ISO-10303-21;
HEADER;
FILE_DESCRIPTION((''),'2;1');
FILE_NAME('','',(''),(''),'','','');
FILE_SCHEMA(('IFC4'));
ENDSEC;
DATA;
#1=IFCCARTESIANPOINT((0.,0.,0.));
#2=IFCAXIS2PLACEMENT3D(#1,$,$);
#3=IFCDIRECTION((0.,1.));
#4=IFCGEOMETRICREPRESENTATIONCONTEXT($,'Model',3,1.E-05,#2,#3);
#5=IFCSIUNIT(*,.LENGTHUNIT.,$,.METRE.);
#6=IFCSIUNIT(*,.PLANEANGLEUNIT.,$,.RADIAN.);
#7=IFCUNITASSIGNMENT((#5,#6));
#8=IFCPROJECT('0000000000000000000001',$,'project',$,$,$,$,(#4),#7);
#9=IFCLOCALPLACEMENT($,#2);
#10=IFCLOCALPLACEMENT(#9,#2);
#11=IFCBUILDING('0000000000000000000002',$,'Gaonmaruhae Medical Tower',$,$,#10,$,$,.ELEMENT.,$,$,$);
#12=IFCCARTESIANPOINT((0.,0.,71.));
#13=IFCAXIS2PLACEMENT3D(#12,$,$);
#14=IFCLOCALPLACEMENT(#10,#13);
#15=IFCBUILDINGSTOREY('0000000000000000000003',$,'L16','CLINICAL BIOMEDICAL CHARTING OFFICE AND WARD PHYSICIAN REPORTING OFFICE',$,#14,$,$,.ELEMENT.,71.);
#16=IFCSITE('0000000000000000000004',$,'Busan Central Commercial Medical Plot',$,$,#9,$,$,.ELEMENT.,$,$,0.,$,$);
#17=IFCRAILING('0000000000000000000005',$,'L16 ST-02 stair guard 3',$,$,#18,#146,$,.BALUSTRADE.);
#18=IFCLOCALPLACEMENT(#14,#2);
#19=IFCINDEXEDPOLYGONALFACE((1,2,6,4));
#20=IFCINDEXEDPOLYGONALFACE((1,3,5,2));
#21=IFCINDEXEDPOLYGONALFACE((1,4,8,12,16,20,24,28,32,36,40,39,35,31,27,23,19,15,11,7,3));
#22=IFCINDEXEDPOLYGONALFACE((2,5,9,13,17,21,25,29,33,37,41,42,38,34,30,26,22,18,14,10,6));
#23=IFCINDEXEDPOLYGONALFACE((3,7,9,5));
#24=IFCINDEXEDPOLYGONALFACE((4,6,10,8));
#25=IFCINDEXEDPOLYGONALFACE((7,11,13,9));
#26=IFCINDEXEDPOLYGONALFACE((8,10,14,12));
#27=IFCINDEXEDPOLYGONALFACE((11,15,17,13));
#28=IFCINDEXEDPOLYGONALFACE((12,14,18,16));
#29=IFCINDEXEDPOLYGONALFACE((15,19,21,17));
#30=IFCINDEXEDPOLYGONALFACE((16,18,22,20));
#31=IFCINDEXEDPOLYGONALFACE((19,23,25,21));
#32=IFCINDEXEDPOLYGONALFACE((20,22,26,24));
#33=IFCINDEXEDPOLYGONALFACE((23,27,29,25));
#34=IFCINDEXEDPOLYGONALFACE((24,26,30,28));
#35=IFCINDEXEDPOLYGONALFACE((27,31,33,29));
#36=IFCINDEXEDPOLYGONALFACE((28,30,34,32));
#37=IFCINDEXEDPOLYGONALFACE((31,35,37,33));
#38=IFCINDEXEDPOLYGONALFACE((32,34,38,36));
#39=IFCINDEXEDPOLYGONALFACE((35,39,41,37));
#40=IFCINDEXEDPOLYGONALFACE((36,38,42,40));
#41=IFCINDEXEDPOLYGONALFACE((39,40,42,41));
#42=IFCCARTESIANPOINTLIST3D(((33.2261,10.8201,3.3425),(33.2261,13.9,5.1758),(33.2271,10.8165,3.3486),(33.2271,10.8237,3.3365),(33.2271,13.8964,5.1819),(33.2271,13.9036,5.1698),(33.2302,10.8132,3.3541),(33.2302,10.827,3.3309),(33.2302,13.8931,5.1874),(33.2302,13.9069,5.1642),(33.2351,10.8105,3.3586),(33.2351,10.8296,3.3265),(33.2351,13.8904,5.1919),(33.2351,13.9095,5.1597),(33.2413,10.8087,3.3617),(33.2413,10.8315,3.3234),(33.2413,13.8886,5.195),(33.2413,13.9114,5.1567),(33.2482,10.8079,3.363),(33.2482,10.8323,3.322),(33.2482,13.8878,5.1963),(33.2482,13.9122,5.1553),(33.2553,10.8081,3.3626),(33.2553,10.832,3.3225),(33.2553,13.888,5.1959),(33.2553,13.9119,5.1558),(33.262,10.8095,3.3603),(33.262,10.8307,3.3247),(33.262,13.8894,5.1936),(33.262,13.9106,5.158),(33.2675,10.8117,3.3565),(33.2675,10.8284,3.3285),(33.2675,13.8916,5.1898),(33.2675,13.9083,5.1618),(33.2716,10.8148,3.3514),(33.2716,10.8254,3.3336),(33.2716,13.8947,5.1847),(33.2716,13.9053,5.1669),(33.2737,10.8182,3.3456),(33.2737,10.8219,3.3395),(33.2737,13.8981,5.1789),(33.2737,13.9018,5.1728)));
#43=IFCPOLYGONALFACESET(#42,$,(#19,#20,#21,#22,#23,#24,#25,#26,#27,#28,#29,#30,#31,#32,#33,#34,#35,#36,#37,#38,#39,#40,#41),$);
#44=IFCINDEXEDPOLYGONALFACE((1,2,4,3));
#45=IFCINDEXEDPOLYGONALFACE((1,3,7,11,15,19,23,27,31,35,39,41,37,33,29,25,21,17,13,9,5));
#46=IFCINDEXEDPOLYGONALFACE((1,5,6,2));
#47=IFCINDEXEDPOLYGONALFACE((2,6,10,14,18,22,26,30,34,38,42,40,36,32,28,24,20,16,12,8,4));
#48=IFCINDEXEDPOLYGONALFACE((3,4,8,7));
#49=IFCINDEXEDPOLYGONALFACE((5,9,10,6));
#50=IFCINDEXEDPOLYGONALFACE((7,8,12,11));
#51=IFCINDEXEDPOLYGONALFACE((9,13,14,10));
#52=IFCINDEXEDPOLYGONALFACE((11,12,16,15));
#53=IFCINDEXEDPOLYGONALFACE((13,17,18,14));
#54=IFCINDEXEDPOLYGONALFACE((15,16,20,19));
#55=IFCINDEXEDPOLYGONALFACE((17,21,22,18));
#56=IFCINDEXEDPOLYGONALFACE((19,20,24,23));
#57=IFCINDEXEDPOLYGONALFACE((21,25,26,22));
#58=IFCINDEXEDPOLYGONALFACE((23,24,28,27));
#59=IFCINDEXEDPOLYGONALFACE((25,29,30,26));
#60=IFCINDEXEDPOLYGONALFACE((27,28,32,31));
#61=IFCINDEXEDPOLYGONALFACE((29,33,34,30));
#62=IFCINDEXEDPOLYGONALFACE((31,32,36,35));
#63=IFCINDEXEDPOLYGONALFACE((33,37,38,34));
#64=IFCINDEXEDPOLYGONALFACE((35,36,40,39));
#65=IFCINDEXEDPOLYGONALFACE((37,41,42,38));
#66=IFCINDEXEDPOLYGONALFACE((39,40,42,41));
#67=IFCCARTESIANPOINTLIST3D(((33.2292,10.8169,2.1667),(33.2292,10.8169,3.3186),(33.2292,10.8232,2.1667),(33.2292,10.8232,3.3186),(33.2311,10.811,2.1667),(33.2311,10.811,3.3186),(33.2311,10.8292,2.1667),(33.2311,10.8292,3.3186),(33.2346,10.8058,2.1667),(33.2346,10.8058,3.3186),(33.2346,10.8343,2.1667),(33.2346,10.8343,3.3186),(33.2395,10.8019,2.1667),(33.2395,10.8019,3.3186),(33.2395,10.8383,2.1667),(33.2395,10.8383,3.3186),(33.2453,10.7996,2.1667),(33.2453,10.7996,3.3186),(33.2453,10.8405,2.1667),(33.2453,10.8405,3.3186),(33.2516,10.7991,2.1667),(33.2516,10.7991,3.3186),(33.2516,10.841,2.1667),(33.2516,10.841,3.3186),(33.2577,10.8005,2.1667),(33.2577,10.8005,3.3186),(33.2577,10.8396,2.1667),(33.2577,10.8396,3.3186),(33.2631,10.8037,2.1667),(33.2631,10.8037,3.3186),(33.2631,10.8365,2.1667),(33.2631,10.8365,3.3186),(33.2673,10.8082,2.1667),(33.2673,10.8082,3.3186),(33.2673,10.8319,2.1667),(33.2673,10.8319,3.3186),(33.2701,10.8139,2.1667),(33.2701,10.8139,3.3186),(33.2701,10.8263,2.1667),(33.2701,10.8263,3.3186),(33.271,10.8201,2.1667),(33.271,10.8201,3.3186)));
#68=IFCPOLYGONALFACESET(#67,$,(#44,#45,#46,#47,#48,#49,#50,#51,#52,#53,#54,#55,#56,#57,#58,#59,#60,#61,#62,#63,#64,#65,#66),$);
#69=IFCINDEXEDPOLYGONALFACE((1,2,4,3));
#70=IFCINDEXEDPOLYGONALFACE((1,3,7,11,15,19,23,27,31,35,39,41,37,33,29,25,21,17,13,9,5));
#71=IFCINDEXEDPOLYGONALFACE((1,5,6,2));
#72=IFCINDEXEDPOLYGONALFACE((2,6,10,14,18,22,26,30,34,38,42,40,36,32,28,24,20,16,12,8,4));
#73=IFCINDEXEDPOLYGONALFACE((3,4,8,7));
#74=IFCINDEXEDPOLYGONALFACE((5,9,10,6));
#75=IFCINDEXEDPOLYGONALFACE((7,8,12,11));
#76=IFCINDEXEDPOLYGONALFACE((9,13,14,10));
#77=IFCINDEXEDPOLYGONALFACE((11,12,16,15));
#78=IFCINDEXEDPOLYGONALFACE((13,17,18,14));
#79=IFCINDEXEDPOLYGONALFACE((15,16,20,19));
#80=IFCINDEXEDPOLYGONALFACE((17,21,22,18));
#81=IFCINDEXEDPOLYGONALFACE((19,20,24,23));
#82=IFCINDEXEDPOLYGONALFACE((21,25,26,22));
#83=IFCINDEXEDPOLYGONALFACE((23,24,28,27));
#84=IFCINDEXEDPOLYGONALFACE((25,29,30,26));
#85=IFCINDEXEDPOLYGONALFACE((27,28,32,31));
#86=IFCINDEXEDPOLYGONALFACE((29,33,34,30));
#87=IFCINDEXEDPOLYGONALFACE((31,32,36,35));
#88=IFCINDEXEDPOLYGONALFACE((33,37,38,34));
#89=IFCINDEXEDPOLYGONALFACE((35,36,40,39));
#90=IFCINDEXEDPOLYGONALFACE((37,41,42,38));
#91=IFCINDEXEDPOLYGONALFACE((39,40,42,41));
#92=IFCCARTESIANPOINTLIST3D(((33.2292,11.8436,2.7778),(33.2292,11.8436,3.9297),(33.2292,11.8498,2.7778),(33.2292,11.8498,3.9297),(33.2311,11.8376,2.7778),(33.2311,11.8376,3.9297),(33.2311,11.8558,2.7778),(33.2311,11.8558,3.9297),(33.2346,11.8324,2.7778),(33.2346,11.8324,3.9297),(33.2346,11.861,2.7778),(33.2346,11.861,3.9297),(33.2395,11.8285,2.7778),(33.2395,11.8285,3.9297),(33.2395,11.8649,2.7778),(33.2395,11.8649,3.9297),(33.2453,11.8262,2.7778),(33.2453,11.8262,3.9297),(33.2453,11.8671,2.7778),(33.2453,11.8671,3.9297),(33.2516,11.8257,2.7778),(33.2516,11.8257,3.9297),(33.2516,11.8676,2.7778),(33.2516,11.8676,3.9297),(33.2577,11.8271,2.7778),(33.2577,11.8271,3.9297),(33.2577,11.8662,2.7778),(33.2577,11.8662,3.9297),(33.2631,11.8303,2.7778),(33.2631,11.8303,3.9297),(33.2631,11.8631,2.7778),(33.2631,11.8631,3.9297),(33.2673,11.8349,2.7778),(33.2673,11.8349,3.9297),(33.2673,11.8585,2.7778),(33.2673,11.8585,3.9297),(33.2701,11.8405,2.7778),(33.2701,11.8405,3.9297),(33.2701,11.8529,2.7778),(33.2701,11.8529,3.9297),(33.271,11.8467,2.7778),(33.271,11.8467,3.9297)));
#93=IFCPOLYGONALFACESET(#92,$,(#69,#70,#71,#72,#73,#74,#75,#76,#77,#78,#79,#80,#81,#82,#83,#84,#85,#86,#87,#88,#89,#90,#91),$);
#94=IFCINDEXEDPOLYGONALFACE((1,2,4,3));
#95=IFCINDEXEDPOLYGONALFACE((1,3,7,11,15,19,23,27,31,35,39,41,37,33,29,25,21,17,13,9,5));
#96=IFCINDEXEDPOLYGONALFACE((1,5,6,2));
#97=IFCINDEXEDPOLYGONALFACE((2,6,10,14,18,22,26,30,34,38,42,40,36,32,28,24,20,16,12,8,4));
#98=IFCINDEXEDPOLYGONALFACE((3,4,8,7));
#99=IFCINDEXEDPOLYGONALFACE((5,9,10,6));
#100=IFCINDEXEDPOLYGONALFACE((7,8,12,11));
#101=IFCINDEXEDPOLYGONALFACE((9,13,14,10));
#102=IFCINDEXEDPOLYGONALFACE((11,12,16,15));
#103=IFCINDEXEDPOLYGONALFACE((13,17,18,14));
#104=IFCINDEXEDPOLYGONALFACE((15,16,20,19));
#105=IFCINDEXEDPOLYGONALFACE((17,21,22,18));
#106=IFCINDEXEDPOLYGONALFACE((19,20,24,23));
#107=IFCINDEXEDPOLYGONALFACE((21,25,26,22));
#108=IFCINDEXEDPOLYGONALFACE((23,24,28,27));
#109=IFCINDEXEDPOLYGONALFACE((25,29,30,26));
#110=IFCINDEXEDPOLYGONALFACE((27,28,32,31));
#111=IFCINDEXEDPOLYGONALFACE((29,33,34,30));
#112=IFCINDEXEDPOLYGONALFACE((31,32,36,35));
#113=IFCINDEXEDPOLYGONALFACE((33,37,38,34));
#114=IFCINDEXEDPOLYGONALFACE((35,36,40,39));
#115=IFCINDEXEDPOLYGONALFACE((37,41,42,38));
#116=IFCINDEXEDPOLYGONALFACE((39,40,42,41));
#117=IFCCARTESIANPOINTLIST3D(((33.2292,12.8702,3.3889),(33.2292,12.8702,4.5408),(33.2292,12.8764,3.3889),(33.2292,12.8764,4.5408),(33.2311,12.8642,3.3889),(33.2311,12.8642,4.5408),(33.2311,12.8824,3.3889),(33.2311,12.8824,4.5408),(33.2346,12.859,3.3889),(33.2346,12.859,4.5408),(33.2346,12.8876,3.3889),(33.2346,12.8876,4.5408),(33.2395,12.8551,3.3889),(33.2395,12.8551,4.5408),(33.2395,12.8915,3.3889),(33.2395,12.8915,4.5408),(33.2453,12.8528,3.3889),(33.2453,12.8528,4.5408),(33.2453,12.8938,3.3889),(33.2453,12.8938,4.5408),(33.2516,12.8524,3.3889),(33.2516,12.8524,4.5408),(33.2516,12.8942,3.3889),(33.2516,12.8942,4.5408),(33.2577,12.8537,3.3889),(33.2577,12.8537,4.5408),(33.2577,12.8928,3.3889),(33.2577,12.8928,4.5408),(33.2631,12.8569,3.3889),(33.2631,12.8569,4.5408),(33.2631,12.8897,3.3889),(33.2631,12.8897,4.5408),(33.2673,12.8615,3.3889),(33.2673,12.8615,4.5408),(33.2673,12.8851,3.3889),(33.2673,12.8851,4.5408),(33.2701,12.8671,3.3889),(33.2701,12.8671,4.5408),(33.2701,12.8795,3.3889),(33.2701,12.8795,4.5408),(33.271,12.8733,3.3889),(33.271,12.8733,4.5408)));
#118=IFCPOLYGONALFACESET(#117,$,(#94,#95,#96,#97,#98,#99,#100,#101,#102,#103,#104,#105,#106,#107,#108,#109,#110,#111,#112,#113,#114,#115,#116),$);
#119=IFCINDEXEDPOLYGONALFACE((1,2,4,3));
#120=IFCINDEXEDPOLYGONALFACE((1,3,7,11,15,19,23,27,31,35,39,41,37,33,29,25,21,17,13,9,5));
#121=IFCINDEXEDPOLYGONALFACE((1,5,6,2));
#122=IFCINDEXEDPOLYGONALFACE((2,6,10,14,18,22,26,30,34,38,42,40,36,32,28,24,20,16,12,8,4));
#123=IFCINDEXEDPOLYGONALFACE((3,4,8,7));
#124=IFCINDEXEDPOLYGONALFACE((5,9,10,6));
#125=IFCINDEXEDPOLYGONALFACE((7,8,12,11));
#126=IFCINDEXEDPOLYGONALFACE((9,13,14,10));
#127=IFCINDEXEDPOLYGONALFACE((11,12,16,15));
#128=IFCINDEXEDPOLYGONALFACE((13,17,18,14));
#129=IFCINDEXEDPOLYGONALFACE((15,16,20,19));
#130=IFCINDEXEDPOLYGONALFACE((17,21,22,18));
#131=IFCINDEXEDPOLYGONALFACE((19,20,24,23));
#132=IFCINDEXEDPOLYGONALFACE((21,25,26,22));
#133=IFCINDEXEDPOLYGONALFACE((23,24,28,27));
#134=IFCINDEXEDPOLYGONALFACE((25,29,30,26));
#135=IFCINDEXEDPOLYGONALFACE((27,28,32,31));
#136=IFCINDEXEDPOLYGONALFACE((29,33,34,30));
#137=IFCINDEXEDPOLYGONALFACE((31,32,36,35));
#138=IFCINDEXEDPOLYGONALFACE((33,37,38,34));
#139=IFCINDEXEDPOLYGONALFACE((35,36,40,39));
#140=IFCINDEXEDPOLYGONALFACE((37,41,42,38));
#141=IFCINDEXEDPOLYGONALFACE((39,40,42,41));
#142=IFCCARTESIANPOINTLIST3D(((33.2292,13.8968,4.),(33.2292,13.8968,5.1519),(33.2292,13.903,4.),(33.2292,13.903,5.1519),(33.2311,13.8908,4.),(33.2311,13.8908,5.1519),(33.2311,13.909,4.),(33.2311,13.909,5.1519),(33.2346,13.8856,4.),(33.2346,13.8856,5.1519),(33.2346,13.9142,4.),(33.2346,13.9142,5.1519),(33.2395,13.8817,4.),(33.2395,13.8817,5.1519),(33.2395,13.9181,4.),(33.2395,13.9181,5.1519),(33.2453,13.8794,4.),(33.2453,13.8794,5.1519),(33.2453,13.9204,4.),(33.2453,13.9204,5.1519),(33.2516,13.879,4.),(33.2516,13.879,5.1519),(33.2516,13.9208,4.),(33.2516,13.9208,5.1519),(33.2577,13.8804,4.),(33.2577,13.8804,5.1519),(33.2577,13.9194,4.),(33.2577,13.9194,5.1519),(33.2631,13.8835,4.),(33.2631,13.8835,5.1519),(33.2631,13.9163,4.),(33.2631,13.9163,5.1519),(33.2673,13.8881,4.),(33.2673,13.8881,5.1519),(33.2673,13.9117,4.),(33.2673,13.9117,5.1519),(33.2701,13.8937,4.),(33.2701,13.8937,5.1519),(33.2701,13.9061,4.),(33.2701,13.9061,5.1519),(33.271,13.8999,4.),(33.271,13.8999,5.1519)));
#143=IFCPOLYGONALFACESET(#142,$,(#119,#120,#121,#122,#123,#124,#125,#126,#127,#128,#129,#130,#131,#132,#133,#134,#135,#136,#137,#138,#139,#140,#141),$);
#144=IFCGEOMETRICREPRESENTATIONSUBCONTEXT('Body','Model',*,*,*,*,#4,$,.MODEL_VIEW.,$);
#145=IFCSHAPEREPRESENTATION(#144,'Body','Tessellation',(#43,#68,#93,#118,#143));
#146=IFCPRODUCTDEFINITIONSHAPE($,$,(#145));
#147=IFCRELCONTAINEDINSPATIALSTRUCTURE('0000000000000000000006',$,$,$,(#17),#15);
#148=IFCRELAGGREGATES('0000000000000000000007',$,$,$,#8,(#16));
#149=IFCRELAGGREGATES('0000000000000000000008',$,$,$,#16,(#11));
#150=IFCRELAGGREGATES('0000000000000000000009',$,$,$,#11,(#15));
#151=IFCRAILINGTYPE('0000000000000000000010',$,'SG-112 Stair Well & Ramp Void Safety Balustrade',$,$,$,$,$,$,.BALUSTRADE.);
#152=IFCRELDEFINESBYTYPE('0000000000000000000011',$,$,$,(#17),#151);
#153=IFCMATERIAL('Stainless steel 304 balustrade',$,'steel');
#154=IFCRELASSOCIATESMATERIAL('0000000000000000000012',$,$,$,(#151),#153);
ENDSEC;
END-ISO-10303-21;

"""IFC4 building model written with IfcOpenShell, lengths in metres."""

from ifc_helpers import new_model, si_unit, direction, frame, origin, origin_2d, place, context, subcontext, project, spatial, circle, extrude, material, type_object, element, save


model = new_model("IFC4")

# Units and contexts
model_context = context("Model", 3, precision=1e-05, world=origin(), true_north=direction((0.0, 1.0)))
body_context = subcontext(model_context, "Body", "Model", "MODEL_VIEW")
ifc_project = project(units=[si_unit("LENGTHUNIT", "METRE"), si_unit("PLANEANGLEUNIT", "RADIAN")], contexts=[model_context])

# Site, building, storey
site_placement = place(None, origin())
site = spatial("IfcSite", under=ifc_project, at=site_placement, Name="Busan Central Commercial Medical Plot", CompositionType="ELEMENT", RefElevation=0.0)
building_placement = place(site_placement, origin())
building = spatial("IfcBuilding", under=site, at=building_placement, Name="Gaonmaruhae Medical Tower", CompositionType="ELEMENT")
storey_placement = place(building_placement, frame((0.0, 0.0, 71.0)))
storey = spatial("IfcBuildingStorey", under=building, at=storey_placement, Name="L16", Description="CLINICAL BIOMEDICAL CHARTING OFFICE AND WARD PHYSICIAN REPORTING OFFICE", CompositionType="ELEMENT", Elevation=71.0)

# Railing
ifc_material_1 = material(Name="Stainless steel 304 balustrade", Category="steel")
railing_type_1 = type_object("IfcRailingType", Name="SG-112 Stair Well & Ramp Void Safety Balustrade", PredefinedType="BALUSTRADE", material=ifc_material_1)
railing_1_placement = place(storey_placement, frame((33.25, 10.8201, 2.1667)))
element("IfcRailing", 1, at=railing_1_placement, inside=storey, type_object=railing_type_1, Name="L16 ST-02 stair guard 3", PredefinedType="BALUSTRADE", context=body_context, shape_type="SweptSolid", body=[
    extrude(circle(Radius=0.0239, at=origin_2d()), frame((0.0, 0.0, 1.1758), z_axis=(0.0, 0.859291, 0.511487), x_axis=(-1.0, 0.0, 0.0)), (0.0, 0.0, 1.0), 3.5842),
    extrude(circle(Radius=0.021, at=origin_2d()), origin(), (0.0, 0.0, 1.0), 1.1519),
    extrude(circle(Radius=0.021, at=origin_2d()), frame((0.0, 1.0266, 0.6111)), (0.0, 0.0, 1.0), 1.1519),
    extrude(circle(Radius=0.021, at=origin_2d()), frame((0.0, 2.0532, 1.2222)), (0.0, 0.0, 1.0), 1.1519),
    extrude(circle(Radius=0.021, at=origin_2d()), frame((0.0, 3.0798, 1.8333)), (0.0, 0.0, 1.0), 1.1519),
])

save(model, "model.ifc")
